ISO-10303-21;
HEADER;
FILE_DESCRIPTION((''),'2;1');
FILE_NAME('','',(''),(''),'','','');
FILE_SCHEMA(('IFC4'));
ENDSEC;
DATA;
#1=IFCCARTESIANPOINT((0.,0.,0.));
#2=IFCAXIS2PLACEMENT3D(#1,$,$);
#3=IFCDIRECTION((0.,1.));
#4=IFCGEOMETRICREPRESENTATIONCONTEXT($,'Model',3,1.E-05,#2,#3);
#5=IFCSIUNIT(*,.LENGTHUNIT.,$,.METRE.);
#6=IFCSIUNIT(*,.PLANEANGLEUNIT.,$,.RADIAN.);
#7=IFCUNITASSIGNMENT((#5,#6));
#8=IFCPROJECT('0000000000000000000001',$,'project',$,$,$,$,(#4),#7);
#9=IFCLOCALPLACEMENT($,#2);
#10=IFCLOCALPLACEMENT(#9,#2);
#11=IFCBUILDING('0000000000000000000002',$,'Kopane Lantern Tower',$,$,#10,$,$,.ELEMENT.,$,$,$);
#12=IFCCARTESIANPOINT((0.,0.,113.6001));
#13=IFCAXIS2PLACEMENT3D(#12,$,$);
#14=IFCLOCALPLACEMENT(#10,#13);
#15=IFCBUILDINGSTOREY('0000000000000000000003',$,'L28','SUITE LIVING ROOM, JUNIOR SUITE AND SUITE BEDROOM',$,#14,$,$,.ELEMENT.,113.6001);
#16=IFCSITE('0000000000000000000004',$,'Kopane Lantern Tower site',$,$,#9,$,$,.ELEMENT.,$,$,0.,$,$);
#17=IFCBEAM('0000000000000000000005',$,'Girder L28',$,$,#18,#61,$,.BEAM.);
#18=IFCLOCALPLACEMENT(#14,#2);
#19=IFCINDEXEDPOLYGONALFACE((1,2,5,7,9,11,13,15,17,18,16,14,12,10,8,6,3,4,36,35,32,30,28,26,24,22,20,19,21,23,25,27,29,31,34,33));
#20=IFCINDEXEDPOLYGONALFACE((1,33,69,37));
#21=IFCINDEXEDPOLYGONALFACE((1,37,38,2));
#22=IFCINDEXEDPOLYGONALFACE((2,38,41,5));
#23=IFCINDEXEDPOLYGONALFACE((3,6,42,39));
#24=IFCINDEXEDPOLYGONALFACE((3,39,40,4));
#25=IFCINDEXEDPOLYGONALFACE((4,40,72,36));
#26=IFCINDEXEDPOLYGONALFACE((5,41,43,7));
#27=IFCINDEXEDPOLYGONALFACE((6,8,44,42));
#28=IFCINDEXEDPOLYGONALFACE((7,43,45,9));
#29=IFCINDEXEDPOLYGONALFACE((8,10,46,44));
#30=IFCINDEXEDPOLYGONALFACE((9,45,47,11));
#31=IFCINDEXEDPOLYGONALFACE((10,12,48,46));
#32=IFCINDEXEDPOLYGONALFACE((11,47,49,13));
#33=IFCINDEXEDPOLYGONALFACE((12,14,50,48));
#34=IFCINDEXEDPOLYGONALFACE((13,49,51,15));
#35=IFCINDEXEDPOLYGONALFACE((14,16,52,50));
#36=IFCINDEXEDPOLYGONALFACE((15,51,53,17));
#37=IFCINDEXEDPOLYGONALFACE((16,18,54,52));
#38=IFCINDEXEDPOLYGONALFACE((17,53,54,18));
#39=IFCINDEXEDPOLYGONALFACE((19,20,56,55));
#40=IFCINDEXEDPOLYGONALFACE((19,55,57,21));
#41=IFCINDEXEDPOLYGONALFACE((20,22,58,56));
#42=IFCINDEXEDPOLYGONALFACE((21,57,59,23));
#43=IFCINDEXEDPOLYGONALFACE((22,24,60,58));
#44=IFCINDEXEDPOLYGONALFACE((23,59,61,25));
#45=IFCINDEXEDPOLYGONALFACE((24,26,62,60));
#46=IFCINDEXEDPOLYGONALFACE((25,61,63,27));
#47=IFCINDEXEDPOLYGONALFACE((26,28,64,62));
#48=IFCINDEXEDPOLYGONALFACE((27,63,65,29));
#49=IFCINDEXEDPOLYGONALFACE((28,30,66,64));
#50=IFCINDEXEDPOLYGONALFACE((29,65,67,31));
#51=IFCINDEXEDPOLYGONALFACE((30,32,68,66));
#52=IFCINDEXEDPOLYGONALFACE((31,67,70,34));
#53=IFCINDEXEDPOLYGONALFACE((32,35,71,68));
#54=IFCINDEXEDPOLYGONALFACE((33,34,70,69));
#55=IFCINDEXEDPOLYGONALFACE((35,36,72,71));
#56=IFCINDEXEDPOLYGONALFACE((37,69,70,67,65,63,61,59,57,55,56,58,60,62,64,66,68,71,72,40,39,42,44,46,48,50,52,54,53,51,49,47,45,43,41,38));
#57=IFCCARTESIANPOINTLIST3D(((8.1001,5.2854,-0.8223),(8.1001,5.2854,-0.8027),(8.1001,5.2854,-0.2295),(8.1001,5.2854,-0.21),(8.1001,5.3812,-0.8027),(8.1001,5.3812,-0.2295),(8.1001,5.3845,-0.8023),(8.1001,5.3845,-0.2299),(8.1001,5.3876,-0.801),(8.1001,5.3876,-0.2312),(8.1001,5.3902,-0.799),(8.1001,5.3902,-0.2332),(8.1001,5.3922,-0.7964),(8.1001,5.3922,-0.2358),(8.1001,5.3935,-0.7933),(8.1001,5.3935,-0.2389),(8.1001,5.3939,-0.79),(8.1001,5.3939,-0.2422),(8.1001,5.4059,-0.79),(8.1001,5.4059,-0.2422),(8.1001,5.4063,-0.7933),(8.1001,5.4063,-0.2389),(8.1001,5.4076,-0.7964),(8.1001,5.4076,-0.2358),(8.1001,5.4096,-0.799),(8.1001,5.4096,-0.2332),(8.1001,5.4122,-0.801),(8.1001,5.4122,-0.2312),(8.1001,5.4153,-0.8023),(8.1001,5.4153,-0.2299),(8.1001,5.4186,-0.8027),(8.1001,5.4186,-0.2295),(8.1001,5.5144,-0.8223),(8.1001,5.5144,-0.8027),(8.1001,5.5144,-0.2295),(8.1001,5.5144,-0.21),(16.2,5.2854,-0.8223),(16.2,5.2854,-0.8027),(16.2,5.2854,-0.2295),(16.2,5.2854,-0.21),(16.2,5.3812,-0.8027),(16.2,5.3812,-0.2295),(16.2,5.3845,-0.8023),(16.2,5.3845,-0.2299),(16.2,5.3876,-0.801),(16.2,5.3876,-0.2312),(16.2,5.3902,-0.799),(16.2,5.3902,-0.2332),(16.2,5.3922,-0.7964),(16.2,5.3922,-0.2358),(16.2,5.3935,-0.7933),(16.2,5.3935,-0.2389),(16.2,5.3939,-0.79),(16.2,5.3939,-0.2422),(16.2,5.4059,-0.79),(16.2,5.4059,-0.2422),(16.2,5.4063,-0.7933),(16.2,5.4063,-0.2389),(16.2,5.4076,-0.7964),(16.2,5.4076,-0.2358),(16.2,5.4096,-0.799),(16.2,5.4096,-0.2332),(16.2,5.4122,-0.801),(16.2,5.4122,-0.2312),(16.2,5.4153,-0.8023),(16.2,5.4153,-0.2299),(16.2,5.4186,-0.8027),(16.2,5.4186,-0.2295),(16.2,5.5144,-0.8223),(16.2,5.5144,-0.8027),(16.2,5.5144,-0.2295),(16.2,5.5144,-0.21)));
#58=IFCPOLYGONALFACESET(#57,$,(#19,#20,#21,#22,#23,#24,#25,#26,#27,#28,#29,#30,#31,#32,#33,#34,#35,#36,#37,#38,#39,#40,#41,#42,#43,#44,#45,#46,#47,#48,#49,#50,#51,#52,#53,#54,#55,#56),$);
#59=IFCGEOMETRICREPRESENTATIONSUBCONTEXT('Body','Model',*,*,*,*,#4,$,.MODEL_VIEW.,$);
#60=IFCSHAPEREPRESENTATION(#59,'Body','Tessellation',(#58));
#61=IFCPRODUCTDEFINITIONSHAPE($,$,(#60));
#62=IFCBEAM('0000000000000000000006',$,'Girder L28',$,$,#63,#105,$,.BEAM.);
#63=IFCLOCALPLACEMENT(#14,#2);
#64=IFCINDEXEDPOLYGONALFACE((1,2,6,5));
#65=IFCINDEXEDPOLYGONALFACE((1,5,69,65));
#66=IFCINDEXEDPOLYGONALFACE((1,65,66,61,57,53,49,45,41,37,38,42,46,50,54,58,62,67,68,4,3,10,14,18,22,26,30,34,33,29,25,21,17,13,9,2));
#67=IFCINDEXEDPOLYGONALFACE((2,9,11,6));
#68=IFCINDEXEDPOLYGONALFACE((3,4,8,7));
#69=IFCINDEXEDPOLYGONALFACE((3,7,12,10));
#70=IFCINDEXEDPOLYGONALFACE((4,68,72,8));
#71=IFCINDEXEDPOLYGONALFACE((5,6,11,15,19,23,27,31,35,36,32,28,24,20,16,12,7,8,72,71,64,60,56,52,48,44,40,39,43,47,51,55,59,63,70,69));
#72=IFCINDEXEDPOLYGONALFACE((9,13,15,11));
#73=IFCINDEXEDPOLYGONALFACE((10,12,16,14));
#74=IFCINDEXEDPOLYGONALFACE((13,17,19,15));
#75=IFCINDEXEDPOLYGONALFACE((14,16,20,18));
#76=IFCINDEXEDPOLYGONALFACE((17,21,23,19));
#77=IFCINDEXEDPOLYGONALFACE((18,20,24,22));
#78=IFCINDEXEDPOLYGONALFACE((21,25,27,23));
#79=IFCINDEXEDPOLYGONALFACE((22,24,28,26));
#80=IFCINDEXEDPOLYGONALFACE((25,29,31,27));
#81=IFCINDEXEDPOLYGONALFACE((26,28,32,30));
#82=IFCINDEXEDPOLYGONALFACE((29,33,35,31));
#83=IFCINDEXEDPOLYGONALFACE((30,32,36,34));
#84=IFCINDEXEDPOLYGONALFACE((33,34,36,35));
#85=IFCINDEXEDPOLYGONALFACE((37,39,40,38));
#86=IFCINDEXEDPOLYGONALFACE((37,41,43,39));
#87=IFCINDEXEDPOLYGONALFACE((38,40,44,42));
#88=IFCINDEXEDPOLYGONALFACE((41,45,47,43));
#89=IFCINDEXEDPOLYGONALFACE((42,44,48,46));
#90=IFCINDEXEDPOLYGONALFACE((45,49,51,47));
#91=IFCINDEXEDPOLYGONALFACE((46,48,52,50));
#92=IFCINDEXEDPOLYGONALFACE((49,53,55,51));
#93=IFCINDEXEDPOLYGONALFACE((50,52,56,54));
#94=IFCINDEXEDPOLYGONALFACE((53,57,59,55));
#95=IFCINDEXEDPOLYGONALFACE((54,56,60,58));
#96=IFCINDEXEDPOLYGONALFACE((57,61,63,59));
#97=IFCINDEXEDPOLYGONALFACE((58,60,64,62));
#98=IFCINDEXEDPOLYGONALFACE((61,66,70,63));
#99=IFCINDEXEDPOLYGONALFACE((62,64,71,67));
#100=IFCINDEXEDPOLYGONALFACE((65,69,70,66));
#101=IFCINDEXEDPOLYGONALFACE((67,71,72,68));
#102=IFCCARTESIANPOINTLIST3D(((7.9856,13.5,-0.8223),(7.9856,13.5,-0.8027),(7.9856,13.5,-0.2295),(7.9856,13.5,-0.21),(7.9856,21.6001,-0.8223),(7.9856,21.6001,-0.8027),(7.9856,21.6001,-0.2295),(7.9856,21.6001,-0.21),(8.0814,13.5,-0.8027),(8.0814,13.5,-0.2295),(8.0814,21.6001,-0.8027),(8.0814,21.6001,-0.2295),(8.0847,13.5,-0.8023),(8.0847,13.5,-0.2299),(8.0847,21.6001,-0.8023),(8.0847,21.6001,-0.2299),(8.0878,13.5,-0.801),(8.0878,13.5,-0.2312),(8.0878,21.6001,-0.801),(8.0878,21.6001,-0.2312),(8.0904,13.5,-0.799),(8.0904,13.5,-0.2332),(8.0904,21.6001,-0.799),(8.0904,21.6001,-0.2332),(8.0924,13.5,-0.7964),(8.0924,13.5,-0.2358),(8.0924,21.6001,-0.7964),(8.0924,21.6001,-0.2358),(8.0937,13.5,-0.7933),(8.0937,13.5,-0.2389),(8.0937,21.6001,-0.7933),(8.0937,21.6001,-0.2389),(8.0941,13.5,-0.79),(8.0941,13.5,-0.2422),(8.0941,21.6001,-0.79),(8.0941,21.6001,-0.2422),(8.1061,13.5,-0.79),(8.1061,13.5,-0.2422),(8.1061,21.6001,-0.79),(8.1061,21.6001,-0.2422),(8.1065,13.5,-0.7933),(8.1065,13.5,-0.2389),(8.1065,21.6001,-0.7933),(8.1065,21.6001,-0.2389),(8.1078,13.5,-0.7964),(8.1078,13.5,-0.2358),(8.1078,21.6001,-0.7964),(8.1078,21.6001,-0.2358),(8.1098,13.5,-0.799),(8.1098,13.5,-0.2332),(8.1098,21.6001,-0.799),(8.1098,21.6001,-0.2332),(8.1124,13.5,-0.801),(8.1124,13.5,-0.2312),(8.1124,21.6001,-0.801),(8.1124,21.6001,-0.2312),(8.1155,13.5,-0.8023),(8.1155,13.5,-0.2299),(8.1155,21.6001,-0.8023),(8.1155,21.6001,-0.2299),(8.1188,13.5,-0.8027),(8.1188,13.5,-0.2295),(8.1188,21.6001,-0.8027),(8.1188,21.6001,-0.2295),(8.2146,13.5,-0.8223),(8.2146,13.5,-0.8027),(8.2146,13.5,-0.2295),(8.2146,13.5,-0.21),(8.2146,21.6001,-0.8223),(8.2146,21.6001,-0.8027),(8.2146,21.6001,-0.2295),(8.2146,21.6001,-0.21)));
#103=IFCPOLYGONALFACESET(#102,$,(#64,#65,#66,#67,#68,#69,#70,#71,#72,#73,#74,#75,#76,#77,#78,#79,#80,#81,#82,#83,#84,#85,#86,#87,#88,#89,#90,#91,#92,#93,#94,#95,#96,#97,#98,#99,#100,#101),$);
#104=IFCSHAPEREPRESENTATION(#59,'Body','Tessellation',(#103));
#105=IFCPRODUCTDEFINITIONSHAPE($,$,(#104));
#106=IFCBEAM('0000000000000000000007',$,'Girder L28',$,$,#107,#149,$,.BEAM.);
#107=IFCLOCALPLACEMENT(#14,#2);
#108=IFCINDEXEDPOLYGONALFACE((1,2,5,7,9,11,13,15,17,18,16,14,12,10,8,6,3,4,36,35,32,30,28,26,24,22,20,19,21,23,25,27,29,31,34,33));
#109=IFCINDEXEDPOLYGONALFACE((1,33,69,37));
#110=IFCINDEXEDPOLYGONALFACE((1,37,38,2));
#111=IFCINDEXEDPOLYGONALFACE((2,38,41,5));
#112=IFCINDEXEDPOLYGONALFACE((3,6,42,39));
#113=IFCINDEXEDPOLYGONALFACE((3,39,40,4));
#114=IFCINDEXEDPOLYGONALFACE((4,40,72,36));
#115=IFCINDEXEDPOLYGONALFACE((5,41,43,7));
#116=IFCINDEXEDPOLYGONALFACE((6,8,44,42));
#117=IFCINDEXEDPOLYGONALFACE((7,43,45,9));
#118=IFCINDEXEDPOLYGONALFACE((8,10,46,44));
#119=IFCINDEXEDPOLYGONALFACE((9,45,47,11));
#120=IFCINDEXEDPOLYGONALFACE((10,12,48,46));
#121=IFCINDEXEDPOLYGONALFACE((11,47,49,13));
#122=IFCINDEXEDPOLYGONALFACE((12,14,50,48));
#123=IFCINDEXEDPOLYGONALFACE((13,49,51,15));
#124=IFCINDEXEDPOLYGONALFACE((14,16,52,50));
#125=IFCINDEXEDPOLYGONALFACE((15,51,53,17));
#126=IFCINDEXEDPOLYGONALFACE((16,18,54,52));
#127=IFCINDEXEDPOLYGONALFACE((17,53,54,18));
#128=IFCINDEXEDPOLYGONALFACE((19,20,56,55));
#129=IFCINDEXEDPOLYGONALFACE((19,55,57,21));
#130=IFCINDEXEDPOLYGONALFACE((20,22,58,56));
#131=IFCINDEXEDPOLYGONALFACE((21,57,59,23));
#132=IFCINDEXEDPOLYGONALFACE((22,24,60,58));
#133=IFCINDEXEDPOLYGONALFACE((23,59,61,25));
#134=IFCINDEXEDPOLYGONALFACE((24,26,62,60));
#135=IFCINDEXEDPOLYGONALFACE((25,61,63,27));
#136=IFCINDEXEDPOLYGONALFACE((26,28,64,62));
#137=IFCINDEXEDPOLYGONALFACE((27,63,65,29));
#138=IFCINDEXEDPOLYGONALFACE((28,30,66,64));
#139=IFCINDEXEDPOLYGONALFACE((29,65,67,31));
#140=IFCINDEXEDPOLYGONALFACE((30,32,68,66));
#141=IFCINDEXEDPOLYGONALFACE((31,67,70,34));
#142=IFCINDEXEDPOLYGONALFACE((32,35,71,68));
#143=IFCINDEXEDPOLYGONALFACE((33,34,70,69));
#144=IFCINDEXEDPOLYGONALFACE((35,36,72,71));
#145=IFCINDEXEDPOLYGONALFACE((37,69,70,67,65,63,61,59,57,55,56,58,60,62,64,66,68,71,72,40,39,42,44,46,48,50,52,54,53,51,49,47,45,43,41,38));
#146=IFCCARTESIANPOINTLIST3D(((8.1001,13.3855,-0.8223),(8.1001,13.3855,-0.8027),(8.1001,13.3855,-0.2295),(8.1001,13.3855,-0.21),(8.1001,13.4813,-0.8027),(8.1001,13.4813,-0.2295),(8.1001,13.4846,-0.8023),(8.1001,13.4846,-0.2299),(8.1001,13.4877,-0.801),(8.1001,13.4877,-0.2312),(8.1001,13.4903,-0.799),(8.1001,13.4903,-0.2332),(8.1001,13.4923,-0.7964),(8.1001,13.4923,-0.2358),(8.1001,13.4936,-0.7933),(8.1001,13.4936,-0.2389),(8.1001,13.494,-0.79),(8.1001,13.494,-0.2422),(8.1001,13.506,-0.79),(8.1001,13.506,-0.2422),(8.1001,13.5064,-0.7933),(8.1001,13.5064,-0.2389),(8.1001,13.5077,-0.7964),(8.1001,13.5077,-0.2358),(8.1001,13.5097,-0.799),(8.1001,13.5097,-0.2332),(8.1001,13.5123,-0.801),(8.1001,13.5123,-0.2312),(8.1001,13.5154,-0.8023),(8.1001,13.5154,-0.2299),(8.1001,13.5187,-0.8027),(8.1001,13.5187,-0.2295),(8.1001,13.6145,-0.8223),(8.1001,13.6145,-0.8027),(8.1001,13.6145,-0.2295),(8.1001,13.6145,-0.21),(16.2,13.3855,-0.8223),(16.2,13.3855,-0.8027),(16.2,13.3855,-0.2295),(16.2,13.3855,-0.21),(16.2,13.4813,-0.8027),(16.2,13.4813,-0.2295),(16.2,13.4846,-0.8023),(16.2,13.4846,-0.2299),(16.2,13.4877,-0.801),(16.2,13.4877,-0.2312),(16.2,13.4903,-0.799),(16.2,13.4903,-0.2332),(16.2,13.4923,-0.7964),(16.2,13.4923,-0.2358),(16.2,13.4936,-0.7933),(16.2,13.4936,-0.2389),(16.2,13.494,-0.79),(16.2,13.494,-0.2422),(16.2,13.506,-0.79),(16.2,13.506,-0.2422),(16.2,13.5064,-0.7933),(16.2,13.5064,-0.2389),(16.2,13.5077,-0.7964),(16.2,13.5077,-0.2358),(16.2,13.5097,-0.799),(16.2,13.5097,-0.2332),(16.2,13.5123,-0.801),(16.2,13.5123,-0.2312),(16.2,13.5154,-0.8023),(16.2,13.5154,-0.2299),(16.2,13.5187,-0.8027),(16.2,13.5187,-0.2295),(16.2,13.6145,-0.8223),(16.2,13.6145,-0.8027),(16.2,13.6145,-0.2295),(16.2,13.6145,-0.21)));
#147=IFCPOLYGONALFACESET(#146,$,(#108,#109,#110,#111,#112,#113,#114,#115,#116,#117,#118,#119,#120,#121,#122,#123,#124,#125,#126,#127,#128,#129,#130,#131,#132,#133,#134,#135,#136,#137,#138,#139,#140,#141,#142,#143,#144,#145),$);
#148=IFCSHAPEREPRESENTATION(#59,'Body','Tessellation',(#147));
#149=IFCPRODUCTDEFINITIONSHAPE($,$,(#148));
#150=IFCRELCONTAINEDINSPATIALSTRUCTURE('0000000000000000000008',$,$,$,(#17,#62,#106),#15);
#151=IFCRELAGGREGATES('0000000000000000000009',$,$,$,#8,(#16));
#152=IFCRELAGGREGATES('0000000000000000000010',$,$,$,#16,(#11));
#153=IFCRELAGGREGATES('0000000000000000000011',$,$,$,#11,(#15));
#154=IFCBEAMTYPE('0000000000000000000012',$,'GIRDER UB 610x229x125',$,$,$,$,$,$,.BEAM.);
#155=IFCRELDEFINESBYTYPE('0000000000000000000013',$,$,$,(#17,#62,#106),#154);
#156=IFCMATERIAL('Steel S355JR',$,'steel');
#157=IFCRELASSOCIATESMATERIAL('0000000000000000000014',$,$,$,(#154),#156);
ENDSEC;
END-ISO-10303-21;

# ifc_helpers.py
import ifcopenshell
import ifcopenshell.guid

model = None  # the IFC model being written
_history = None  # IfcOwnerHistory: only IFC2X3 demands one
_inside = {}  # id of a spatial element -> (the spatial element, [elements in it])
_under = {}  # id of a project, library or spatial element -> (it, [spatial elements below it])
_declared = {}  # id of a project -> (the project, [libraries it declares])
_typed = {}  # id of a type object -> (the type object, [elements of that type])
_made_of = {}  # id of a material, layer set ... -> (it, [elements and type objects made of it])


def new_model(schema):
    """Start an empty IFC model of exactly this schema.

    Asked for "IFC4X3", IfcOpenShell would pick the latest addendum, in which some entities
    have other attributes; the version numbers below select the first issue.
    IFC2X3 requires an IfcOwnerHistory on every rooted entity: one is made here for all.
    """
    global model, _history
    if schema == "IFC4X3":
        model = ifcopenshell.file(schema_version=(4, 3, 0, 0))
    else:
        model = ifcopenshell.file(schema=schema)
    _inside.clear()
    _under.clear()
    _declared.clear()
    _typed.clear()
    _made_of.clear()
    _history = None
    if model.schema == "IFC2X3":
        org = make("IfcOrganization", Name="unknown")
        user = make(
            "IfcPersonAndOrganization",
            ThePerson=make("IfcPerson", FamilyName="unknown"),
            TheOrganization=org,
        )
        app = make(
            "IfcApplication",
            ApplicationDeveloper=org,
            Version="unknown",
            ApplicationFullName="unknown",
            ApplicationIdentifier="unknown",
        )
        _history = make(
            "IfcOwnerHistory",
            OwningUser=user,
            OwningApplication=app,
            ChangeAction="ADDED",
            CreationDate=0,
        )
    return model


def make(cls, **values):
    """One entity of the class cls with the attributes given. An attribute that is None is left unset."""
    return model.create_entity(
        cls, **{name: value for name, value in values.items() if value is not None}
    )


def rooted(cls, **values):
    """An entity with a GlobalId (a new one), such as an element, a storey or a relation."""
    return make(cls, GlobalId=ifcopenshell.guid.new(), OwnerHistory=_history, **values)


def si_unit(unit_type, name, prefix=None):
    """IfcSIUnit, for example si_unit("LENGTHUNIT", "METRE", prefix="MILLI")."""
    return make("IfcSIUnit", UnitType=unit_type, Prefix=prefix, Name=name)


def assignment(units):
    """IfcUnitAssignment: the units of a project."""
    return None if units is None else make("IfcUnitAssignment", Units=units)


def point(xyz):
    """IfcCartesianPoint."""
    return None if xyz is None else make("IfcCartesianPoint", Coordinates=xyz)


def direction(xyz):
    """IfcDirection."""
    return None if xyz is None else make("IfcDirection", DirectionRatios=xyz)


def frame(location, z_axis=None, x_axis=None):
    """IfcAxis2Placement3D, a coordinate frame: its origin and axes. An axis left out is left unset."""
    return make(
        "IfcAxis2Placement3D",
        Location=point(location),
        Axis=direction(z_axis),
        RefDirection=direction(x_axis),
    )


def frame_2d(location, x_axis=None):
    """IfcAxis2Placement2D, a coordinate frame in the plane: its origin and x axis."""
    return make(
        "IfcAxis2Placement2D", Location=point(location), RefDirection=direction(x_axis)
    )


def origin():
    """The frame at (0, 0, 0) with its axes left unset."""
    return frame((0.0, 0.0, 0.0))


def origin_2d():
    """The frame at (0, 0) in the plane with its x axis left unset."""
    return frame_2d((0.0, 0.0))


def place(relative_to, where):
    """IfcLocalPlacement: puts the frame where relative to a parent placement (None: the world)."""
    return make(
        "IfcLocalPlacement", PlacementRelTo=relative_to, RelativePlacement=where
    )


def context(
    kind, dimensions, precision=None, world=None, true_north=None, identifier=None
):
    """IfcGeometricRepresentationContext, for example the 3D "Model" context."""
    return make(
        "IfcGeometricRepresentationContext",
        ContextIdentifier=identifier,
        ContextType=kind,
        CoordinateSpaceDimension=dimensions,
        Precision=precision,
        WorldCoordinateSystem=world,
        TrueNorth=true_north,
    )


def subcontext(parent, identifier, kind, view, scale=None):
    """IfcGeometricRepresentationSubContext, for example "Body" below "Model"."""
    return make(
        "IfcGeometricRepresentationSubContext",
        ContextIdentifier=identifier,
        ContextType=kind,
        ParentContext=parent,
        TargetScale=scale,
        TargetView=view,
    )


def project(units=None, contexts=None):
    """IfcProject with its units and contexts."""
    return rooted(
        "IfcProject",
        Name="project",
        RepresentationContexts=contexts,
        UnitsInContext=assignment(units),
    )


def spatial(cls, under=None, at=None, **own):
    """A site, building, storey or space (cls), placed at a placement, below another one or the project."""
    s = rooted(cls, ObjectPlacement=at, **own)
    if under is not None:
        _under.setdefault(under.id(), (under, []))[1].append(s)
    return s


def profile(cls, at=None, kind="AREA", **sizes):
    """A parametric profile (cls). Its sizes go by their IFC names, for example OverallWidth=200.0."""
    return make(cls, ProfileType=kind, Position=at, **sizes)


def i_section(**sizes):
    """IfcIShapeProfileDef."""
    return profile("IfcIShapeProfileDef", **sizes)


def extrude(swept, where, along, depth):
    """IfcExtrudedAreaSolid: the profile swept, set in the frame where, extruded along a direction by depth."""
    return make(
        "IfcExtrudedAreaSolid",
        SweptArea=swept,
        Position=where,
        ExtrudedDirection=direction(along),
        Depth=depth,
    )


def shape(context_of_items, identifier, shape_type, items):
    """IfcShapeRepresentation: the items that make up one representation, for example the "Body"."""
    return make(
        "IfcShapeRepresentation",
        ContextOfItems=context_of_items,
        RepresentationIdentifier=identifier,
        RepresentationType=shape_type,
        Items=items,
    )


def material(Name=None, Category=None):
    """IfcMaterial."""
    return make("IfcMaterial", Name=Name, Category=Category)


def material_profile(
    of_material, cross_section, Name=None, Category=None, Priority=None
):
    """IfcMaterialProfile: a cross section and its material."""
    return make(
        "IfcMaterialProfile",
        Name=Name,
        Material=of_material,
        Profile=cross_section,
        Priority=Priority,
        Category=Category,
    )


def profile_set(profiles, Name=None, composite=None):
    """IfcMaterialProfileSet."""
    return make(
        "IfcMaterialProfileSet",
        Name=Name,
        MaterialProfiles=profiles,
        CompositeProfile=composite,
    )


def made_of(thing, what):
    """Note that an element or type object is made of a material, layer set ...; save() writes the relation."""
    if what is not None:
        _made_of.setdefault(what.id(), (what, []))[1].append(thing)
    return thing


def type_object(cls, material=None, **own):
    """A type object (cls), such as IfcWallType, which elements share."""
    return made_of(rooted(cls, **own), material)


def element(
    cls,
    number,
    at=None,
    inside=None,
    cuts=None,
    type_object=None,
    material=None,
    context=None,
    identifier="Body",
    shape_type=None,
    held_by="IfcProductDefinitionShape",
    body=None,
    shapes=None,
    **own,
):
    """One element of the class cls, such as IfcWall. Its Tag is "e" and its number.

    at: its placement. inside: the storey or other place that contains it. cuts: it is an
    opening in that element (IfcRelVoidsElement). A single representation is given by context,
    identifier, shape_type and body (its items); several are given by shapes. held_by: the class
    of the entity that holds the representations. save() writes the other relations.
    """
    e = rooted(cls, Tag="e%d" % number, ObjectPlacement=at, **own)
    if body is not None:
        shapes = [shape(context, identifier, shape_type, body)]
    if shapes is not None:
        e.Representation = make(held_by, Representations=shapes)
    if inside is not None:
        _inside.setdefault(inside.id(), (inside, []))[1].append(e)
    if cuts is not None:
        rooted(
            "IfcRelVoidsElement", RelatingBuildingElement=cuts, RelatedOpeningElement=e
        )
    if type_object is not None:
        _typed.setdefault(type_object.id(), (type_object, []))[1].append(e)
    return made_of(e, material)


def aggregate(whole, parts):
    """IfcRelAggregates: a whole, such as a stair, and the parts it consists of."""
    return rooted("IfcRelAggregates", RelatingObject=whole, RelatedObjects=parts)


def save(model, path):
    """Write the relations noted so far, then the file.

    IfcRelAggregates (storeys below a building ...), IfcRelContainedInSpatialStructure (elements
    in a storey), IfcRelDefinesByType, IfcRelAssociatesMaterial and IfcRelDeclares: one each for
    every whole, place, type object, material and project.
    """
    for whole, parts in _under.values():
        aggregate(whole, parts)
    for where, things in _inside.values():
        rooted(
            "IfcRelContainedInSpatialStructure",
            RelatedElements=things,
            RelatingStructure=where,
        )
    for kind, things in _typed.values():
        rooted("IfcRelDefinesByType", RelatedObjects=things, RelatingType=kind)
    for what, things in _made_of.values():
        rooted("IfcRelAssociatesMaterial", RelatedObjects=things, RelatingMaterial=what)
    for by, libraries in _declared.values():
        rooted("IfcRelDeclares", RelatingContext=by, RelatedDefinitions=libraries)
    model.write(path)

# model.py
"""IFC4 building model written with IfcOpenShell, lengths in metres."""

from ifc_helpers import new_model, si_unit, direction, frame, origin, origin_2d, place, context, subcontext, project, spatial, i_section, extrude, material, material_profile, profile_set, type_object, element, save


model = new_model("IFC4")

# Units and contexts
model_context = context("Model", 3, precision=1e-05, world=origin(), true_north=direction((0.0, 1.0)))
body_context = subcontext(model_context, "Body", "Model", "MODEL_VIEW")
ifc_project = project(units=[si_unit("LENGTHUNIT", "METRE"), si_unit("PLANEANGLEUNIT", "RADIAN")], contexts=[model_context])

# Site, building, storey
site_placement = place(None, origin())
site = spatial("IfcSite", under=ifc_project, at=site_placement, Name="Kopane Lantern Tower site", CompositionType="ELEMENT", RefElevation=0.0)
building_placement = place(site_placement, origin())
building = spatial("IfcBuilding", under=site, at=building_placement, Name="Kopane Lantern Tower", CompositionType="ELEMENT")
storey_placement = place(building_placement, frame((0.0, 0.0, 113.6001)))
storey = spatial("IfcBuildingStorey", under=building, at=storey_placement, Name="L28", Description="SUITE LIVING ROOM, JUNIOR SUITE AND SUITE BEDROOM", CompositionType="ELEMENT", Elevation=113.6001)

# Beams
ifc_material_1 = material(Name="Steel S355JR", Category="steel")
ifc_material_profile_1 = material_profile(ifc_material_1, i_section(OverallWidth=0.229, OverallDepth=0.6123, WebThickness=0.012, FlangeThickness=0.0195, FilletRadius=0.0127, at=origin_2d()), Name="UB 610x229x125")
ifc_profile_set_1 = profile_set([ifc_material_profile_1], Name="Steel S355JR")
beam_type_1 = type_object("IfcBeamType", Name="GIRDER UB 610x229x125", PredefinedType="BEAM", material=ifc_profile_set_1)
beam_1_placement = place(storey_placement, frame((8.1001, 5.3999, -0.5161), z_axis=(1.0, 0.0, 0.0), x_axis=(0.0, 1.0, 0.0)))
element("IfcBeam", 1, at=beam_1_placement, inside=storey, type_object=beam_type_1, Name="Girder L28", PredefinedType="BEAM", context=body_context, shape_type="SweptSolid", body=[
    extrude(i_section(OverallWidth=0.229, OverallDepth=0.6123, WebThickness=0.012, FlangeThickness=0.0195, FilletRadius=0.0127, at=origin_2d()), origin(), (0.0, 0.0, 1.0), 8.0999),
])
beam_2_placement = place(storey_placement, frame((8.1001, 13.5, -0.5161), z_axis=(0.0, 1.0, 0.0), x_axis=(-1.0, 0.0, 0.0)))
element("IfcBeam", 2, at=beam_2_placement, inside=storey, type_object=beam_type_1, Name="Girder L28", PredefinedType="BEAM", context=body_context, shape_type="SweptSolid", body=[
    extrude(i_section(OverallWidth=0.229, OverallDepth=0.6123, WebThickness=0.012, FlangeThickness=0.0195, FilletRadius=0.0127, at=origin_2d()), origin(), (0.0, 0.0, 1.0), 8.1001),
])
beam_3_placement = place(storey_placement, frame((8.1001, 13.5, -0.5161), z_axis=(1.0, 0.0, 0.0), x_axis=(0.0, 1.0, 0.0)))
element("IfcBeam", 3, at=beam_3_placement, inside=storey, type_object=beam_type_1, Name="Girder L28", PredefinedType="BEAM", context=body_context, shape_type="SweptSolid", body=[
    extrude(i_section(OverallWidth=0.229, OverallDepth=0.6123, WebThickness=0.012, FlangeThickness=0.0195, FilletRadius=0.0127, at=origin_2d()), origin(), (0.0, 0.0, 1.0), 8.0999),
])

save(model, "model.ifc")
